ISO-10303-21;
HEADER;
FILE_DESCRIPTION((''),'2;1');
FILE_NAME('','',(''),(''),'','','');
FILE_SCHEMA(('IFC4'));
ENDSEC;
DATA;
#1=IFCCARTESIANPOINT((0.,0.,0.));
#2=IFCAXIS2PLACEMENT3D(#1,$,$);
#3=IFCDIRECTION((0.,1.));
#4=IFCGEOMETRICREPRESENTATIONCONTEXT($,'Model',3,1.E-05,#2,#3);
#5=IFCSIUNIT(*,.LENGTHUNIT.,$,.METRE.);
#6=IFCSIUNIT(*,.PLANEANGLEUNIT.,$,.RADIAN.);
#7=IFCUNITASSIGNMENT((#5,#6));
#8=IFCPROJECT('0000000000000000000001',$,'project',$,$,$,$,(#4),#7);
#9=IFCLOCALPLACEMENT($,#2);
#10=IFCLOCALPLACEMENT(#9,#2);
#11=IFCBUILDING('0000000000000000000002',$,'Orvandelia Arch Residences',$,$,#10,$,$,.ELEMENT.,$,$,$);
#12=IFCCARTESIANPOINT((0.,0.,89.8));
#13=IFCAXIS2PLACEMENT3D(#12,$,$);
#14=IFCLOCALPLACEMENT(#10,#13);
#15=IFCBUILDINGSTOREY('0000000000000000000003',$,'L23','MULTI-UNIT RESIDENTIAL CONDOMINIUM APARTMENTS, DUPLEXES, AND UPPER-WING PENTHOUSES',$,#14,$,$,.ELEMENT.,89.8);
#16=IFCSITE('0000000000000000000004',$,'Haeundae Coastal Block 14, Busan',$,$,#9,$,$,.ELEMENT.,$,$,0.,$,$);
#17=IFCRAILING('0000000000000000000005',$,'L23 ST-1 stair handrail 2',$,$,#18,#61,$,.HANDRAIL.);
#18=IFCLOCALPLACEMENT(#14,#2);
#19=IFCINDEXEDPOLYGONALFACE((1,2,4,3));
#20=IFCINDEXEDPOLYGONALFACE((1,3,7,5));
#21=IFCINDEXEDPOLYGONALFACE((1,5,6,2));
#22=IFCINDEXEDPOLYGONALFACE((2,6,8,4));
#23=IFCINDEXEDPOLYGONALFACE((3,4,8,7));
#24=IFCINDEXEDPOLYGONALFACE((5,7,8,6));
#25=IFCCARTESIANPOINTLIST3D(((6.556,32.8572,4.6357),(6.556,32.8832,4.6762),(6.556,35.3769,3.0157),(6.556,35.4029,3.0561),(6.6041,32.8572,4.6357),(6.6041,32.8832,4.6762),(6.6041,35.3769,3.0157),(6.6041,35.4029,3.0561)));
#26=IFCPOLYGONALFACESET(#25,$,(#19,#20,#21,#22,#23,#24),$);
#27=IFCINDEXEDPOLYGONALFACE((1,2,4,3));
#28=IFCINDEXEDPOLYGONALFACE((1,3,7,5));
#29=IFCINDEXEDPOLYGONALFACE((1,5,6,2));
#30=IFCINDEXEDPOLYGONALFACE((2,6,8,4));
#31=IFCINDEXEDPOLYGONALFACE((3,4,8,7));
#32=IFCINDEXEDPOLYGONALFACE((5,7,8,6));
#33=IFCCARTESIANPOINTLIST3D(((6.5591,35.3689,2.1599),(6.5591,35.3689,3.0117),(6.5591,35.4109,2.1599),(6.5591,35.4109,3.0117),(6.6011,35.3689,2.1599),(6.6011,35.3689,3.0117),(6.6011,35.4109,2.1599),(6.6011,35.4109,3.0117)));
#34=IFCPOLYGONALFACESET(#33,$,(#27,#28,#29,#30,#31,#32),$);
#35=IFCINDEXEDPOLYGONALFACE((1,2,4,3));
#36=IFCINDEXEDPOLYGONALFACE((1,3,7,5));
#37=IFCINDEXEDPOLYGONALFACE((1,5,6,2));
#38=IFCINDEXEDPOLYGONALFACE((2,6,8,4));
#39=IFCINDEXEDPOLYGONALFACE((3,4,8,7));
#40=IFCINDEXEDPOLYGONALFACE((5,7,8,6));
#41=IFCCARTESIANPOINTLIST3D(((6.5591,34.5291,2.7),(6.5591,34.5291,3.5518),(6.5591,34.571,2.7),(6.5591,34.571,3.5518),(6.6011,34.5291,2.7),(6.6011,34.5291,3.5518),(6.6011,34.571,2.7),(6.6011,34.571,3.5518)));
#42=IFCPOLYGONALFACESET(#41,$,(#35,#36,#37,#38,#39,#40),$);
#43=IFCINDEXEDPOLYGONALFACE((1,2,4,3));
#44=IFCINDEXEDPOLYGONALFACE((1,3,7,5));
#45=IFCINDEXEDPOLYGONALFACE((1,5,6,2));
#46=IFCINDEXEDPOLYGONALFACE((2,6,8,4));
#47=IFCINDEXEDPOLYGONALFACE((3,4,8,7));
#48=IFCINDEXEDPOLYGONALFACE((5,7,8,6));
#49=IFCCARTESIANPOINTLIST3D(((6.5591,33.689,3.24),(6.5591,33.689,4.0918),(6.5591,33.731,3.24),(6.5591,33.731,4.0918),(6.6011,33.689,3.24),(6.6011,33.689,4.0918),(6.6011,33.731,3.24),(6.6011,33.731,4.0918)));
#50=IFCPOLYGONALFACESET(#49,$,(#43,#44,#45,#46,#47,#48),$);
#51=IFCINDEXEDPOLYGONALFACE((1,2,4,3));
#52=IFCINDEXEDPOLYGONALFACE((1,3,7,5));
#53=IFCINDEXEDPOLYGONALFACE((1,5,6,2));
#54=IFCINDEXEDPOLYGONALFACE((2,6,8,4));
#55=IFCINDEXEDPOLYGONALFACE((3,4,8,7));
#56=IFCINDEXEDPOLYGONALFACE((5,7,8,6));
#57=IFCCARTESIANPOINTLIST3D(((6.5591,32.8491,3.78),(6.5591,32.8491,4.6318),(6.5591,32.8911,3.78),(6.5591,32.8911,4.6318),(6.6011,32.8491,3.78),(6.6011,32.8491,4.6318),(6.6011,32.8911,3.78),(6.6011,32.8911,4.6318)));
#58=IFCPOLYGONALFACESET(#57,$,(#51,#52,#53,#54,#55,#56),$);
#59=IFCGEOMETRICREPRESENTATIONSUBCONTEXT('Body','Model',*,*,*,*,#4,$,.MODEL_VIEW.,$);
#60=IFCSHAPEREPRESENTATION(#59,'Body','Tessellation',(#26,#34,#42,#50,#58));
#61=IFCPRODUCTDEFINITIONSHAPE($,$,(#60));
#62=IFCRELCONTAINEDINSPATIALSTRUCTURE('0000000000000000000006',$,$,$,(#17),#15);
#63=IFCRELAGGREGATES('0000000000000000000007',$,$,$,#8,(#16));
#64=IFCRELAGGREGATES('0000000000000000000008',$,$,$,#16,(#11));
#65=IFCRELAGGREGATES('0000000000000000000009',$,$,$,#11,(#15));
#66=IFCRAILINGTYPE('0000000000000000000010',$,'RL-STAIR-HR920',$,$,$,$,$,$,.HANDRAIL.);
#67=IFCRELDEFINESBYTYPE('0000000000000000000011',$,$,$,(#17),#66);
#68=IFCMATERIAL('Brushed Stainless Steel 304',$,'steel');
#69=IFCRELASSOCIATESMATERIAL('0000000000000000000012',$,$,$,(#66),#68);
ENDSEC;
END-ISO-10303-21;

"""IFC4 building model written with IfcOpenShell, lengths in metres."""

from ifc_helpers import new_model, si_unit, direction, frame, origin, origin_2d, place, context, subcontext, project, spatial, rectangle, extrude, material, type_object, element, save


model = new_model("IFC4")

# Units and contexts
model_context = context("Model", 3, precision=1e-05, world=origin(), true_north=direction((0.0, 1.0)))
body_context = subcontext(model_context, "Body", "Model", "MODEL_VIEW")
ifc_project = project(units=[si_unit("LENGTHUNIT", "METRE"), si_unit("PLANEANGLEUNIT", "RADIAN")], contexts=[model_context])

# Site, building, storey
site_placement = place(None, origin())
site = spatial("IfcSite", under=ifc_project, at=site_placement, Name="Haeundae Coastal Block 14, Busan", CompositionType="ELEMENT", RefElevation=0.0)
building_placement = place(site_placement, origin())
building = spatial("IfcBuilding", under=site, at=building_placement, Name="Orvandelia Arch Residences", CompositionType="ELEMENT")
storey_placement = place(building_placement, frame((0.0, 0.0, 89.8)))
storey = spatial("IfcBuildingStorey", under=building, at=storey_placement, Name="L23", Description="MULTI-UNIT RESIDENTIAL CONDOMINIUM APARTMENTS, DUPLEXES, AND UPPER-WING PENTHOUSES", CompositionType="ELEMENT", Elevation=89.8)

# Railing
ifc_material_1 = material(Name="Brushed Stainless Steel 304", Category="steel")
railing_type_1 = type_object("IfcRailingType", Name="RL-STAIR-HR920", PredefinedType="HANDRAIL", material=ifc_material_1)
railing_1_placement = place(storey_placement, frame((6.5801, 35.3899, 2.1599)))
element("IfcRailing", 1, at=railing_1_placement, inside=storey, type_object=railing_type_1, Name="L23 ST-1 stair handrail 2", PredefinedType="HANDRAIL", context=body_context, shape_type="SweptSolid", body=[
    extrude(rectangle(XDim=0.0481, YDim=0.0481, at=origin_2d()), frame((0.0, 0.0, 0.876), z_axis=(0.0, -0.841139, 0.540819), x_axis=(1.0, 0.0, 0.0)), (0.0, 0.0, 1.0), 2.9956),
    extrude(rectangle(XDim=0.042, YDim=0.042, at=origin_2d()), origin(), (0.0, 0.0, 1.0), 0.8518),
    extrude(rectangle(XDim=0.042, YDim=0.042, at=origin_2d()), frame((0.0, -0.8398, 0.54)), (0.0, 0.0, 1.0), 0.8518),
    extrude(rectangle(XDim=0.042, YDim=0.042, at=origin_2d()), frame((0.0, -1.6799, 1.0801)), (0.0, 0.0, 1.0), 0.8518),
    extrude(rectangle(XDim=0.042, YDim=0.042, at=origin_2d()), frame((0.0, -2.5198, 1.6201)), (0.0, 0.0, 1.0), 0.8518),
])

save(model, "model.ifc")
